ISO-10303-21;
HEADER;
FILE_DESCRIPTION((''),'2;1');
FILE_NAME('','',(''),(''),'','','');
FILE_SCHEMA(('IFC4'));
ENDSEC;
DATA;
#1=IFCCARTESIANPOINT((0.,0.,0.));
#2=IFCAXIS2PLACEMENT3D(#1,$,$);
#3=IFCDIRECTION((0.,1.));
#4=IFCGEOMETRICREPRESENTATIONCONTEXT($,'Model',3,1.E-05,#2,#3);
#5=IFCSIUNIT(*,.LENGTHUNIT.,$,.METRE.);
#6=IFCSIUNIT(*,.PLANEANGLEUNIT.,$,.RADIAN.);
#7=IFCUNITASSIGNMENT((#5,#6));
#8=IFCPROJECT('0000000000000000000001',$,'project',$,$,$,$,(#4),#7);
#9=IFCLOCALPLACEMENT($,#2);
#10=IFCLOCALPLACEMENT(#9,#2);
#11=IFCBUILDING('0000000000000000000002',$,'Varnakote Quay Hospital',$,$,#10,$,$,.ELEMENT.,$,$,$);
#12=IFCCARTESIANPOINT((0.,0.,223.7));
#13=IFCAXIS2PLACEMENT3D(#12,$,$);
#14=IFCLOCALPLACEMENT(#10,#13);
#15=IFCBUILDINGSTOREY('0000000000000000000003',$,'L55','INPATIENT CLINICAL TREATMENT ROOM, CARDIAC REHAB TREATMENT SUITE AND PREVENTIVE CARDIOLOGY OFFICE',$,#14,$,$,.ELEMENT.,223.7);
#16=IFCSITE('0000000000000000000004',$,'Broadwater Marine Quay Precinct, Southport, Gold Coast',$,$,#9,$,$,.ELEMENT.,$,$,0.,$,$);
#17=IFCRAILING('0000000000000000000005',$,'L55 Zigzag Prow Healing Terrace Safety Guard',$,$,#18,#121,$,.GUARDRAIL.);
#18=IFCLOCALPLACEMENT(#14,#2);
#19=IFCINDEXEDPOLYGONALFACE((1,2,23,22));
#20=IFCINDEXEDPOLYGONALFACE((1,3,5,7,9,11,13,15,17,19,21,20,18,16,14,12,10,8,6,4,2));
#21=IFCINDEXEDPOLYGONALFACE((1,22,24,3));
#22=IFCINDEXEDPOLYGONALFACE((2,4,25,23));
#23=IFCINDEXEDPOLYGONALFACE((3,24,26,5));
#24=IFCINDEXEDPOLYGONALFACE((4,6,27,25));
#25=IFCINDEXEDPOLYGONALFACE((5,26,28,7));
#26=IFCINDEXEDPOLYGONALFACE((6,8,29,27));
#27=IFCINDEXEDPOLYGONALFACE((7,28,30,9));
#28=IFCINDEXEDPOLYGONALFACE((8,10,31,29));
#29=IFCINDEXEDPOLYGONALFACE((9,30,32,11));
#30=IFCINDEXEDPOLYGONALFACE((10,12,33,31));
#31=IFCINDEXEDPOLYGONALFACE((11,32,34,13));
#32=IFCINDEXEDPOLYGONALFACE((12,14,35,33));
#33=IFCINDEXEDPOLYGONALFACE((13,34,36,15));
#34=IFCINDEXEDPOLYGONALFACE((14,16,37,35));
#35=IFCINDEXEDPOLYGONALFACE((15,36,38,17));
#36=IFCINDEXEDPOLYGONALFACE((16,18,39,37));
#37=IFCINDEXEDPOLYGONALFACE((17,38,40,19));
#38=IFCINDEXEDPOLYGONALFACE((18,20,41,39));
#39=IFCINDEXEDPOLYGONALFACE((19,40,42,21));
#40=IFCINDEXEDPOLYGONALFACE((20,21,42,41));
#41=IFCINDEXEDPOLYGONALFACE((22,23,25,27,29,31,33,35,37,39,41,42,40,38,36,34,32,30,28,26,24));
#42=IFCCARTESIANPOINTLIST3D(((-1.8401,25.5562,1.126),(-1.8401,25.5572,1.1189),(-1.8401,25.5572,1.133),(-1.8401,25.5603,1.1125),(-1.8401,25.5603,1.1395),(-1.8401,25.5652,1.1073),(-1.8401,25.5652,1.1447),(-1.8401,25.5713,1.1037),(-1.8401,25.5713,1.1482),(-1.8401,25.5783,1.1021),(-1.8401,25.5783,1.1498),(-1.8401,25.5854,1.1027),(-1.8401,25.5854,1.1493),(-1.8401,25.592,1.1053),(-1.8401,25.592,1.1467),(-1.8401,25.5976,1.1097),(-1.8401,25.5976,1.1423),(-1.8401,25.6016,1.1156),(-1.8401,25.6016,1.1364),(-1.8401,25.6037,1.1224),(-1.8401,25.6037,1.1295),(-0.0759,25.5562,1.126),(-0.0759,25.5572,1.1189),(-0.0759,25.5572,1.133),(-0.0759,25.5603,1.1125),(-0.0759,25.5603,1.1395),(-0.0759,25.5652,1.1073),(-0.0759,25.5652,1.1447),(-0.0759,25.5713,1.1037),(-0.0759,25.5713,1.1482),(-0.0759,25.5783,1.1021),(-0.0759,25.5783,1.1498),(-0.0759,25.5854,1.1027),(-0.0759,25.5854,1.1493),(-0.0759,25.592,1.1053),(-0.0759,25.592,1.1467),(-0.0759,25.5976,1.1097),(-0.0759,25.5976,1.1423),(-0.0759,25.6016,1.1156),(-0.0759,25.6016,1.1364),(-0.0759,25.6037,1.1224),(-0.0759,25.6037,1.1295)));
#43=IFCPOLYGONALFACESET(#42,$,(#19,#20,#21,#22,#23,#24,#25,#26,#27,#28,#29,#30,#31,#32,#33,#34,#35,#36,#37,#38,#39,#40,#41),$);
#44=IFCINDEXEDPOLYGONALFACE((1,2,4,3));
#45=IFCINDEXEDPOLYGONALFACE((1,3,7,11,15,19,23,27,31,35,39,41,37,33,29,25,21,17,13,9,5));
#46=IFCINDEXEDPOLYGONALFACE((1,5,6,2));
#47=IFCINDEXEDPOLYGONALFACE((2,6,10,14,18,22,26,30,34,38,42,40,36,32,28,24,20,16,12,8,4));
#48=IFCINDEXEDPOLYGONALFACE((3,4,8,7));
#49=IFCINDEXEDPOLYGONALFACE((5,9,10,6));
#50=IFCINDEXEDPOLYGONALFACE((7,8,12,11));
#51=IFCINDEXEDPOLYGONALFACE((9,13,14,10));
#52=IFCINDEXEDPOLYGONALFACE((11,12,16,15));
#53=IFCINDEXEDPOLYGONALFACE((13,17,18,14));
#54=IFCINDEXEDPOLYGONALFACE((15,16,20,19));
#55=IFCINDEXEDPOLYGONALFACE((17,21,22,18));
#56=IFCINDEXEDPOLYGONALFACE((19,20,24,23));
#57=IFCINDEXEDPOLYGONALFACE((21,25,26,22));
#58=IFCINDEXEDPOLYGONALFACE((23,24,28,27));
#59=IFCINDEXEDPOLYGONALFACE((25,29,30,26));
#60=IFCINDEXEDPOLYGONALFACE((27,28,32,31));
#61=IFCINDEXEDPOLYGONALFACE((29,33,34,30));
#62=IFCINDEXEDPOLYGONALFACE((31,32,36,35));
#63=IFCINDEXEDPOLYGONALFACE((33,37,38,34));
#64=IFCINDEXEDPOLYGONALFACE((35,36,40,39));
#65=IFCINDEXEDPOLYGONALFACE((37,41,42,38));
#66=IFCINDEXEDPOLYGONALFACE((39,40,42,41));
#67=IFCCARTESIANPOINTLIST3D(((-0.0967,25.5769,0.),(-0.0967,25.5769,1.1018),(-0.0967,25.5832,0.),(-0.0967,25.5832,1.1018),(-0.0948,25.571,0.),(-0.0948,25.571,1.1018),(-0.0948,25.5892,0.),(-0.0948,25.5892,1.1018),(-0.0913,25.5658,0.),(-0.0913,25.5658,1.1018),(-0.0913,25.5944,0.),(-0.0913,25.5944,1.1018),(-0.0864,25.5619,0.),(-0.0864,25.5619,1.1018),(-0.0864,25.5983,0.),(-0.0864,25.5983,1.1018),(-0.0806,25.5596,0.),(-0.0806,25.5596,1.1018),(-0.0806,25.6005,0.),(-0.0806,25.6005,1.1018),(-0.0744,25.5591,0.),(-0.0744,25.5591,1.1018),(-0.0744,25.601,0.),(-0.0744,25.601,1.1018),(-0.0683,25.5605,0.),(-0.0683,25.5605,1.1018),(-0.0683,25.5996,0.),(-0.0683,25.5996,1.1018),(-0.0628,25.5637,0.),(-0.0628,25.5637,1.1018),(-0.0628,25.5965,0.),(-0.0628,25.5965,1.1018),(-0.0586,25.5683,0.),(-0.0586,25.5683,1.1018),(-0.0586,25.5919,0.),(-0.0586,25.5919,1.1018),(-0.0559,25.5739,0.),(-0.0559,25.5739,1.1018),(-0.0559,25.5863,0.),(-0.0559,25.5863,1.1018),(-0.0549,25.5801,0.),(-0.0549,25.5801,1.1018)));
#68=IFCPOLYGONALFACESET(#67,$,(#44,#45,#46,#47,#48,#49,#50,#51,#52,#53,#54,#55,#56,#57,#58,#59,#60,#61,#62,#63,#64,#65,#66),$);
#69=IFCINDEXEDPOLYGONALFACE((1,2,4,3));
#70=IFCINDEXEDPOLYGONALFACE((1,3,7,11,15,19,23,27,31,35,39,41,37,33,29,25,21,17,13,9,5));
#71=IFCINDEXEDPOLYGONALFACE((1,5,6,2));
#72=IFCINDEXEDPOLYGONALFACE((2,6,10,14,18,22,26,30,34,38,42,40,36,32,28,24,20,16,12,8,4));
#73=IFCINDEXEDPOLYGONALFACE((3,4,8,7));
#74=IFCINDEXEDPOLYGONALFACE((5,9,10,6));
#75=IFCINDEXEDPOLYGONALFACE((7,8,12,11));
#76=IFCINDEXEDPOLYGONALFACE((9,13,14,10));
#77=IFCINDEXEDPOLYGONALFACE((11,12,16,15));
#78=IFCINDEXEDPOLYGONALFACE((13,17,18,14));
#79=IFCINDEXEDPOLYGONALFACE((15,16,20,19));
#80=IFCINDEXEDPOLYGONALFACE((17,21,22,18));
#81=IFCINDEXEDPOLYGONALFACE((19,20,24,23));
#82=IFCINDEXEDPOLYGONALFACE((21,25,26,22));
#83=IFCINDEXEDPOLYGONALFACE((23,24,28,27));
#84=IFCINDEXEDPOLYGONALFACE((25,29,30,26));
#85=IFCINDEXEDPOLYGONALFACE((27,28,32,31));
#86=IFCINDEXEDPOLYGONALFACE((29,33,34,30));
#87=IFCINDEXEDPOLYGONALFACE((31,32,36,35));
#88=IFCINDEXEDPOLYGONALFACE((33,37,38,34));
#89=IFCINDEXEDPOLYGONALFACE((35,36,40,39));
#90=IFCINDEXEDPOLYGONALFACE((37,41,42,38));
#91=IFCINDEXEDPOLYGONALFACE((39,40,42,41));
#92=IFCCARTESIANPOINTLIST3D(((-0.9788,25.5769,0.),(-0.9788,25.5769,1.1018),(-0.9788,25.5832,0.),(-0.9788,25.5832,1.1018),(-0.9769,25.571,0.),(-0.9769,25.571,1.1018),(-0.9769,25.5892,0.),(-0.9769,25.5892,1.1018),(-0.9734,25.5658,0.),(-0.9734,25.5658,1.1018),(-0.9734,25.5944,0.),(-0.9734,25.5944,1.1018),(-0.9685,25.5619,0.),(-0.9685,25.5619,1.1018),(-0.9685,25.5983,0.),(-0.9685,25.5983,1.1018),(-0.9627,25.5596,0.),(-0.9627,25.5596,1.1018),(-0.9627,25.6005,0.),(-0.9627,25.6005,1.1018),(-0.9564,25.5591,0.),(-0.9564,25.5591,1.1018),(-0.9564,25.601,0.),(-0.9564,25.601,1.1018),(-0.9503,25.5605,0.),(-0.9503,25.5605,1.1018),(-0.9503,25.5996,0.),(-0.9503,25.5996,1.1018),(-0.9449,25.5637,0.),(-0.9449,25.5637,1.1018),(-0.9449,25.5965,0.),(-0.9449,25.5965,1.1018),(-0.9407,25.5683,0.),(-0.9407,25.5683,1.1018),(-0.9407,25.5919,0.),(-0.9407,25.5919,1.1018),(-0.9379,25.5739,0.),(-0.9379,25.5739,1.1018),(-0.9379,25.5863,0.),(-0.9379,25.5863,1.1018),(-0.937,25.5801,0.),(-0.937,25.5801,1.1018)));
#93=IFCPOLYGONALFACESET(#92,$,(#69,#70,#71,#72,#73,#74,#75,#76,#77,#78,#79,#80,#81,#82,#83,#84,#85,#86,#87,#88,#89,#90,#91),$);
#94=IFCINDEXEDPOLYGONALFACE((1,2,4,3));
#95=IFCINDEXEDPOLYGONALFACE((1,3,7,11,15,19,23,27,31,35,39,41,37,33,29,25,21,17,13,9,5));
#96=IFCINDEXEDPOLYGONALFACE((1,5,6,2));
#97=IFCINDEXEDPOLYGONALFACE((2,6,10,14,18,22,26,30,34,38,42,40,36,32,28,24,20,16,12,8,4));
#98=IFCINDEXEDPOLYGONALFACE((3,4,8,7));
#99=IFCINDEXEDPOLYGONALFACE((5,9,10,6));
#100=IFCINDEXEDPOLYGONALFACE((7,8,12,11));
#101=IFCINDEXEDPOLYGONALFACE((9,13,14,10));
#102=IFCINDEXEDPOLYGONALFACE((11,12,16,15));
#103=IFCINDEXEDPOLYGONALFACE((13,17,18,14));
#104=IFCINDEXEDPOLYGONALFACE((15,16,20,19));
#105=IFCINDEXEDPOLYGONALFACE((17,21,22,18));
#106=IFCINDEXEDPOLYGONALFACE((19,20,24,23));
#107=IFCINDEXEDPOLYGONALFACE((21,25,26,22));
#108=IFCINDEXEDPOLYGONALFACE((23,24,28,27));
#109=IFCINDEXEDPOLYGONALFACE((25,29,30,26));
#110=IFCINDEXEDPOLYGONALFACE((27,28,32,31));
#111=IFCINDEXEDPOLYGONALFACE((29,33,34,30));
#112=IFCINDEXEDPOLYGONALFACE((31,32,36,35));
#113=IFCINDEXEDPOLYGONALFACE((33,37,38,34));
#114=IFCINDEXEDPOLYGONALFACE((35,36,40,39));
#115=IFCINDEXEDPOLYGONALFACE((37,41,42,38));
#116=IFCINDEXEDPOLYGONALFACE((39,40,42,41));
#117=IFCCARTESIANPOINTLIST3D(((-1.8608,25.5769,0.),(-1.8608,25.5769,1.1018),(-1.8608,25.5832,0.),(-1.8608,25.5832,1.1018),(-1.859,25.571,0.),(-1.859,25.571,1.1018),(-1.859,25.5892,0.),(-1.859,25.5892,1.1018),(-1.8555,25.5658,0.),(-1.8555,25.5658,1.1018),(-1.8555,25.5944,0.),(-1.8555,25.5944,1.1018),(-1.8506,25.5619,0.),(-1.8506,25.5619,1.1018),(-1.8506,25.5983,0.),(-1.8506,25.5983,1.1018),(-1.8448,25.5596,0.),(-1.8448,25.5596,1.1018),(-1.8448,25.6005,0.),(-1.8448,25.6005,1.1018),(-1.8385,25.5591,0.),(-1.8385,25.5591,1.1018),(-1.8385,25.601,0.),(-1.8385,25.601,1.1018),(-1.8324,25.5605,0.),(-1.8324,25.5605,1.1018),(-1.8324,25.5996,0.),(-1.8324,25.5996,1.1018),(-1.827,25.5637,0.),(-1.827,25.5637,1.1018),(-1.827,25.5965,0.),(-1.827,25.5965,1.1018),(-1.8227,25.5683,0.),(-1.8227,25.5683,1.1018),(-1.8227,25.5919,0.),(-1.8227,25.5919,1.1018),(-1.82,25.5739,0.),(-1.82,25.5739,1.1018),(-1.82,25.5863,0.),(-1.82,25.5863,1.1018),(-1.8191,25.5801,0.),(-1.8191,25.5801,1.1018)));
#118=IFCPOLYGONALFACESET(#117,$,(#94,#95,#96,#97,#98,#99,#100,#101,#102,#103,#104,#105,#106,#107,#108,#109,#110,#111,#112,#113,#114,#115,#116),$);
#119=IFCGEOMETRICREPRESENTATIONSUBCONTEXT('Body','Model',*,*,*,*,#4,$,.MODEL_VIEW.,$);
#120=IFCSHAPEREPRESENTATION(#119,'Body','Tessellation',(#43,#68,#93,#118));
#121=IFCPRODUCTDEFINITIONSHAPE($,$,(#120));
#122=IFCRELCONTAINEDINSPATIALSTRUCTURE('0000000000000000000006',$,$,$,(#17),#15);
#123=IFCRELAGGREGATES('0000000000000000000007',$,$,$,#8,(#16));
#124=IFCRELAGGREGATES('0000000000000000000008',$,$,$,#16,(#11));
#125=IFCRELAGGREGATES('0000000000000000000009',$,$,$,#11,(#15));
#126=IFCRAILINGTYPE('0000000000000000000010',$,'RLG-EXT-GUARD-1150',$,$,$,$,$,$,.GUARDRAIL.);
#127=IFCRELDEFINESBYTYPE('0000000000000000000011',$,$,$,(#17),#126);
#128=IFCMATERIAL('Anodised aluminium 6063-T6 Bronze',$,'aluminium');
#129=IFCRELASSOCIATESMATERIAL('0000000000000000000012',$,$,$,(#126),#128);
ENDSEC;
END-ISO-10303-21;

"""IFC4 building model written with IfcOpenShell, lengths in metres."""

from ifc_helpers import new_model, si_unit, direction, frame, origin, origin_2d, place, context, subcontext, project, spatial, circle, extrude, material, type_object, element, save


model = new_model("IFC4")

# Units and contexts
model_context = context("Model", 3, precision=1e-05, world=origin(), true_north=direction((0.0, 1.0)))
body_context = subcontext(model_context, "Body", "Model", "MODEL_VIEW")
ifc_project = project(units=[si_unit("LENGTHUNIT", "METRE"), si_unit("PLANEANGLEUNIT", "RADIAN")], contexts=[model_context])

# Site, building, storey
site_placement = place(None, origin())
site = spatial("IfcSite", under=ifc_project, at=site_placement, Name="Broadwater Marine Quay Precinct, Southport, Gold Coast", CompositionType="ELEMENT", RefElevation=0.0)
building_placement = place(site_placement, origin())
building = spatial("IfcBuilding", under=site, at=building_placement, Name="Varnakote Quay Hospital", CompositionType="ELEMENT")
storey_placement = place(building_placement, frame((0.0, 0.0, 223.7)))
storey = spatial("IfcBuildingStorey", under=building, at=storey_placement, Name="L55", Description="INPATIENT CLINICAL TREATMENT ROOM, CARDIAC REHAB TREATMENT SUITE AND PREVENTIVE CARDIOLOGY OFFICE", CompositionType="ELEMENT", Elevation=223.7)

# Railing
ifc_material_1 = material(Name="Anodised aluminium 6063-T6 Bronze", Category="aluminium")
railing_type = type_object("IfcRailingType", Name="RLG-EXT-GUARD-1150", PredefinedType="GUARDRAIL", material=ifc_material_1)
railing_1_placement = place(storey_placement, frame((-0.0759, 25.5801, 0.0)))
element("IfcRailing", 1, at=railing_1_placement, inside=storey, type_object=railing_type, Name="L55 Zigzag Prow Healing Terrace Safety Guard", PredefinedType="GUARDRAIL", context=body_context, shape_type="SweptSolid", body=[
    extrude(circle(Radius=0.0239, at=origin_2d()), frame((0.0, 0.0, 1.126), z_axis=(-1.0, 0.0, 0.0), x_axis=(0.0, -1.0, 0.0)), (0.0, 0.0, 1.0), 1.7642),
    extrude(circle(Radius=0.021, at=origin_2d()), origin(), (0.0, 0.0, 1.0), 1.1018),
    extrude(circle(Radius=0.021, at=origin_2d()), frame((-0.8821, 0.0, 0.0)), (0.0, 0.0, 1.0), 1.1018),
    extrude(circle(Radius=0.021, at=origin_2d()), frame((-1.7642, 0.0, 0.0)), (0.0, 0.0, 1.0), 1.1018),
])

save(model, "model.ifc")
